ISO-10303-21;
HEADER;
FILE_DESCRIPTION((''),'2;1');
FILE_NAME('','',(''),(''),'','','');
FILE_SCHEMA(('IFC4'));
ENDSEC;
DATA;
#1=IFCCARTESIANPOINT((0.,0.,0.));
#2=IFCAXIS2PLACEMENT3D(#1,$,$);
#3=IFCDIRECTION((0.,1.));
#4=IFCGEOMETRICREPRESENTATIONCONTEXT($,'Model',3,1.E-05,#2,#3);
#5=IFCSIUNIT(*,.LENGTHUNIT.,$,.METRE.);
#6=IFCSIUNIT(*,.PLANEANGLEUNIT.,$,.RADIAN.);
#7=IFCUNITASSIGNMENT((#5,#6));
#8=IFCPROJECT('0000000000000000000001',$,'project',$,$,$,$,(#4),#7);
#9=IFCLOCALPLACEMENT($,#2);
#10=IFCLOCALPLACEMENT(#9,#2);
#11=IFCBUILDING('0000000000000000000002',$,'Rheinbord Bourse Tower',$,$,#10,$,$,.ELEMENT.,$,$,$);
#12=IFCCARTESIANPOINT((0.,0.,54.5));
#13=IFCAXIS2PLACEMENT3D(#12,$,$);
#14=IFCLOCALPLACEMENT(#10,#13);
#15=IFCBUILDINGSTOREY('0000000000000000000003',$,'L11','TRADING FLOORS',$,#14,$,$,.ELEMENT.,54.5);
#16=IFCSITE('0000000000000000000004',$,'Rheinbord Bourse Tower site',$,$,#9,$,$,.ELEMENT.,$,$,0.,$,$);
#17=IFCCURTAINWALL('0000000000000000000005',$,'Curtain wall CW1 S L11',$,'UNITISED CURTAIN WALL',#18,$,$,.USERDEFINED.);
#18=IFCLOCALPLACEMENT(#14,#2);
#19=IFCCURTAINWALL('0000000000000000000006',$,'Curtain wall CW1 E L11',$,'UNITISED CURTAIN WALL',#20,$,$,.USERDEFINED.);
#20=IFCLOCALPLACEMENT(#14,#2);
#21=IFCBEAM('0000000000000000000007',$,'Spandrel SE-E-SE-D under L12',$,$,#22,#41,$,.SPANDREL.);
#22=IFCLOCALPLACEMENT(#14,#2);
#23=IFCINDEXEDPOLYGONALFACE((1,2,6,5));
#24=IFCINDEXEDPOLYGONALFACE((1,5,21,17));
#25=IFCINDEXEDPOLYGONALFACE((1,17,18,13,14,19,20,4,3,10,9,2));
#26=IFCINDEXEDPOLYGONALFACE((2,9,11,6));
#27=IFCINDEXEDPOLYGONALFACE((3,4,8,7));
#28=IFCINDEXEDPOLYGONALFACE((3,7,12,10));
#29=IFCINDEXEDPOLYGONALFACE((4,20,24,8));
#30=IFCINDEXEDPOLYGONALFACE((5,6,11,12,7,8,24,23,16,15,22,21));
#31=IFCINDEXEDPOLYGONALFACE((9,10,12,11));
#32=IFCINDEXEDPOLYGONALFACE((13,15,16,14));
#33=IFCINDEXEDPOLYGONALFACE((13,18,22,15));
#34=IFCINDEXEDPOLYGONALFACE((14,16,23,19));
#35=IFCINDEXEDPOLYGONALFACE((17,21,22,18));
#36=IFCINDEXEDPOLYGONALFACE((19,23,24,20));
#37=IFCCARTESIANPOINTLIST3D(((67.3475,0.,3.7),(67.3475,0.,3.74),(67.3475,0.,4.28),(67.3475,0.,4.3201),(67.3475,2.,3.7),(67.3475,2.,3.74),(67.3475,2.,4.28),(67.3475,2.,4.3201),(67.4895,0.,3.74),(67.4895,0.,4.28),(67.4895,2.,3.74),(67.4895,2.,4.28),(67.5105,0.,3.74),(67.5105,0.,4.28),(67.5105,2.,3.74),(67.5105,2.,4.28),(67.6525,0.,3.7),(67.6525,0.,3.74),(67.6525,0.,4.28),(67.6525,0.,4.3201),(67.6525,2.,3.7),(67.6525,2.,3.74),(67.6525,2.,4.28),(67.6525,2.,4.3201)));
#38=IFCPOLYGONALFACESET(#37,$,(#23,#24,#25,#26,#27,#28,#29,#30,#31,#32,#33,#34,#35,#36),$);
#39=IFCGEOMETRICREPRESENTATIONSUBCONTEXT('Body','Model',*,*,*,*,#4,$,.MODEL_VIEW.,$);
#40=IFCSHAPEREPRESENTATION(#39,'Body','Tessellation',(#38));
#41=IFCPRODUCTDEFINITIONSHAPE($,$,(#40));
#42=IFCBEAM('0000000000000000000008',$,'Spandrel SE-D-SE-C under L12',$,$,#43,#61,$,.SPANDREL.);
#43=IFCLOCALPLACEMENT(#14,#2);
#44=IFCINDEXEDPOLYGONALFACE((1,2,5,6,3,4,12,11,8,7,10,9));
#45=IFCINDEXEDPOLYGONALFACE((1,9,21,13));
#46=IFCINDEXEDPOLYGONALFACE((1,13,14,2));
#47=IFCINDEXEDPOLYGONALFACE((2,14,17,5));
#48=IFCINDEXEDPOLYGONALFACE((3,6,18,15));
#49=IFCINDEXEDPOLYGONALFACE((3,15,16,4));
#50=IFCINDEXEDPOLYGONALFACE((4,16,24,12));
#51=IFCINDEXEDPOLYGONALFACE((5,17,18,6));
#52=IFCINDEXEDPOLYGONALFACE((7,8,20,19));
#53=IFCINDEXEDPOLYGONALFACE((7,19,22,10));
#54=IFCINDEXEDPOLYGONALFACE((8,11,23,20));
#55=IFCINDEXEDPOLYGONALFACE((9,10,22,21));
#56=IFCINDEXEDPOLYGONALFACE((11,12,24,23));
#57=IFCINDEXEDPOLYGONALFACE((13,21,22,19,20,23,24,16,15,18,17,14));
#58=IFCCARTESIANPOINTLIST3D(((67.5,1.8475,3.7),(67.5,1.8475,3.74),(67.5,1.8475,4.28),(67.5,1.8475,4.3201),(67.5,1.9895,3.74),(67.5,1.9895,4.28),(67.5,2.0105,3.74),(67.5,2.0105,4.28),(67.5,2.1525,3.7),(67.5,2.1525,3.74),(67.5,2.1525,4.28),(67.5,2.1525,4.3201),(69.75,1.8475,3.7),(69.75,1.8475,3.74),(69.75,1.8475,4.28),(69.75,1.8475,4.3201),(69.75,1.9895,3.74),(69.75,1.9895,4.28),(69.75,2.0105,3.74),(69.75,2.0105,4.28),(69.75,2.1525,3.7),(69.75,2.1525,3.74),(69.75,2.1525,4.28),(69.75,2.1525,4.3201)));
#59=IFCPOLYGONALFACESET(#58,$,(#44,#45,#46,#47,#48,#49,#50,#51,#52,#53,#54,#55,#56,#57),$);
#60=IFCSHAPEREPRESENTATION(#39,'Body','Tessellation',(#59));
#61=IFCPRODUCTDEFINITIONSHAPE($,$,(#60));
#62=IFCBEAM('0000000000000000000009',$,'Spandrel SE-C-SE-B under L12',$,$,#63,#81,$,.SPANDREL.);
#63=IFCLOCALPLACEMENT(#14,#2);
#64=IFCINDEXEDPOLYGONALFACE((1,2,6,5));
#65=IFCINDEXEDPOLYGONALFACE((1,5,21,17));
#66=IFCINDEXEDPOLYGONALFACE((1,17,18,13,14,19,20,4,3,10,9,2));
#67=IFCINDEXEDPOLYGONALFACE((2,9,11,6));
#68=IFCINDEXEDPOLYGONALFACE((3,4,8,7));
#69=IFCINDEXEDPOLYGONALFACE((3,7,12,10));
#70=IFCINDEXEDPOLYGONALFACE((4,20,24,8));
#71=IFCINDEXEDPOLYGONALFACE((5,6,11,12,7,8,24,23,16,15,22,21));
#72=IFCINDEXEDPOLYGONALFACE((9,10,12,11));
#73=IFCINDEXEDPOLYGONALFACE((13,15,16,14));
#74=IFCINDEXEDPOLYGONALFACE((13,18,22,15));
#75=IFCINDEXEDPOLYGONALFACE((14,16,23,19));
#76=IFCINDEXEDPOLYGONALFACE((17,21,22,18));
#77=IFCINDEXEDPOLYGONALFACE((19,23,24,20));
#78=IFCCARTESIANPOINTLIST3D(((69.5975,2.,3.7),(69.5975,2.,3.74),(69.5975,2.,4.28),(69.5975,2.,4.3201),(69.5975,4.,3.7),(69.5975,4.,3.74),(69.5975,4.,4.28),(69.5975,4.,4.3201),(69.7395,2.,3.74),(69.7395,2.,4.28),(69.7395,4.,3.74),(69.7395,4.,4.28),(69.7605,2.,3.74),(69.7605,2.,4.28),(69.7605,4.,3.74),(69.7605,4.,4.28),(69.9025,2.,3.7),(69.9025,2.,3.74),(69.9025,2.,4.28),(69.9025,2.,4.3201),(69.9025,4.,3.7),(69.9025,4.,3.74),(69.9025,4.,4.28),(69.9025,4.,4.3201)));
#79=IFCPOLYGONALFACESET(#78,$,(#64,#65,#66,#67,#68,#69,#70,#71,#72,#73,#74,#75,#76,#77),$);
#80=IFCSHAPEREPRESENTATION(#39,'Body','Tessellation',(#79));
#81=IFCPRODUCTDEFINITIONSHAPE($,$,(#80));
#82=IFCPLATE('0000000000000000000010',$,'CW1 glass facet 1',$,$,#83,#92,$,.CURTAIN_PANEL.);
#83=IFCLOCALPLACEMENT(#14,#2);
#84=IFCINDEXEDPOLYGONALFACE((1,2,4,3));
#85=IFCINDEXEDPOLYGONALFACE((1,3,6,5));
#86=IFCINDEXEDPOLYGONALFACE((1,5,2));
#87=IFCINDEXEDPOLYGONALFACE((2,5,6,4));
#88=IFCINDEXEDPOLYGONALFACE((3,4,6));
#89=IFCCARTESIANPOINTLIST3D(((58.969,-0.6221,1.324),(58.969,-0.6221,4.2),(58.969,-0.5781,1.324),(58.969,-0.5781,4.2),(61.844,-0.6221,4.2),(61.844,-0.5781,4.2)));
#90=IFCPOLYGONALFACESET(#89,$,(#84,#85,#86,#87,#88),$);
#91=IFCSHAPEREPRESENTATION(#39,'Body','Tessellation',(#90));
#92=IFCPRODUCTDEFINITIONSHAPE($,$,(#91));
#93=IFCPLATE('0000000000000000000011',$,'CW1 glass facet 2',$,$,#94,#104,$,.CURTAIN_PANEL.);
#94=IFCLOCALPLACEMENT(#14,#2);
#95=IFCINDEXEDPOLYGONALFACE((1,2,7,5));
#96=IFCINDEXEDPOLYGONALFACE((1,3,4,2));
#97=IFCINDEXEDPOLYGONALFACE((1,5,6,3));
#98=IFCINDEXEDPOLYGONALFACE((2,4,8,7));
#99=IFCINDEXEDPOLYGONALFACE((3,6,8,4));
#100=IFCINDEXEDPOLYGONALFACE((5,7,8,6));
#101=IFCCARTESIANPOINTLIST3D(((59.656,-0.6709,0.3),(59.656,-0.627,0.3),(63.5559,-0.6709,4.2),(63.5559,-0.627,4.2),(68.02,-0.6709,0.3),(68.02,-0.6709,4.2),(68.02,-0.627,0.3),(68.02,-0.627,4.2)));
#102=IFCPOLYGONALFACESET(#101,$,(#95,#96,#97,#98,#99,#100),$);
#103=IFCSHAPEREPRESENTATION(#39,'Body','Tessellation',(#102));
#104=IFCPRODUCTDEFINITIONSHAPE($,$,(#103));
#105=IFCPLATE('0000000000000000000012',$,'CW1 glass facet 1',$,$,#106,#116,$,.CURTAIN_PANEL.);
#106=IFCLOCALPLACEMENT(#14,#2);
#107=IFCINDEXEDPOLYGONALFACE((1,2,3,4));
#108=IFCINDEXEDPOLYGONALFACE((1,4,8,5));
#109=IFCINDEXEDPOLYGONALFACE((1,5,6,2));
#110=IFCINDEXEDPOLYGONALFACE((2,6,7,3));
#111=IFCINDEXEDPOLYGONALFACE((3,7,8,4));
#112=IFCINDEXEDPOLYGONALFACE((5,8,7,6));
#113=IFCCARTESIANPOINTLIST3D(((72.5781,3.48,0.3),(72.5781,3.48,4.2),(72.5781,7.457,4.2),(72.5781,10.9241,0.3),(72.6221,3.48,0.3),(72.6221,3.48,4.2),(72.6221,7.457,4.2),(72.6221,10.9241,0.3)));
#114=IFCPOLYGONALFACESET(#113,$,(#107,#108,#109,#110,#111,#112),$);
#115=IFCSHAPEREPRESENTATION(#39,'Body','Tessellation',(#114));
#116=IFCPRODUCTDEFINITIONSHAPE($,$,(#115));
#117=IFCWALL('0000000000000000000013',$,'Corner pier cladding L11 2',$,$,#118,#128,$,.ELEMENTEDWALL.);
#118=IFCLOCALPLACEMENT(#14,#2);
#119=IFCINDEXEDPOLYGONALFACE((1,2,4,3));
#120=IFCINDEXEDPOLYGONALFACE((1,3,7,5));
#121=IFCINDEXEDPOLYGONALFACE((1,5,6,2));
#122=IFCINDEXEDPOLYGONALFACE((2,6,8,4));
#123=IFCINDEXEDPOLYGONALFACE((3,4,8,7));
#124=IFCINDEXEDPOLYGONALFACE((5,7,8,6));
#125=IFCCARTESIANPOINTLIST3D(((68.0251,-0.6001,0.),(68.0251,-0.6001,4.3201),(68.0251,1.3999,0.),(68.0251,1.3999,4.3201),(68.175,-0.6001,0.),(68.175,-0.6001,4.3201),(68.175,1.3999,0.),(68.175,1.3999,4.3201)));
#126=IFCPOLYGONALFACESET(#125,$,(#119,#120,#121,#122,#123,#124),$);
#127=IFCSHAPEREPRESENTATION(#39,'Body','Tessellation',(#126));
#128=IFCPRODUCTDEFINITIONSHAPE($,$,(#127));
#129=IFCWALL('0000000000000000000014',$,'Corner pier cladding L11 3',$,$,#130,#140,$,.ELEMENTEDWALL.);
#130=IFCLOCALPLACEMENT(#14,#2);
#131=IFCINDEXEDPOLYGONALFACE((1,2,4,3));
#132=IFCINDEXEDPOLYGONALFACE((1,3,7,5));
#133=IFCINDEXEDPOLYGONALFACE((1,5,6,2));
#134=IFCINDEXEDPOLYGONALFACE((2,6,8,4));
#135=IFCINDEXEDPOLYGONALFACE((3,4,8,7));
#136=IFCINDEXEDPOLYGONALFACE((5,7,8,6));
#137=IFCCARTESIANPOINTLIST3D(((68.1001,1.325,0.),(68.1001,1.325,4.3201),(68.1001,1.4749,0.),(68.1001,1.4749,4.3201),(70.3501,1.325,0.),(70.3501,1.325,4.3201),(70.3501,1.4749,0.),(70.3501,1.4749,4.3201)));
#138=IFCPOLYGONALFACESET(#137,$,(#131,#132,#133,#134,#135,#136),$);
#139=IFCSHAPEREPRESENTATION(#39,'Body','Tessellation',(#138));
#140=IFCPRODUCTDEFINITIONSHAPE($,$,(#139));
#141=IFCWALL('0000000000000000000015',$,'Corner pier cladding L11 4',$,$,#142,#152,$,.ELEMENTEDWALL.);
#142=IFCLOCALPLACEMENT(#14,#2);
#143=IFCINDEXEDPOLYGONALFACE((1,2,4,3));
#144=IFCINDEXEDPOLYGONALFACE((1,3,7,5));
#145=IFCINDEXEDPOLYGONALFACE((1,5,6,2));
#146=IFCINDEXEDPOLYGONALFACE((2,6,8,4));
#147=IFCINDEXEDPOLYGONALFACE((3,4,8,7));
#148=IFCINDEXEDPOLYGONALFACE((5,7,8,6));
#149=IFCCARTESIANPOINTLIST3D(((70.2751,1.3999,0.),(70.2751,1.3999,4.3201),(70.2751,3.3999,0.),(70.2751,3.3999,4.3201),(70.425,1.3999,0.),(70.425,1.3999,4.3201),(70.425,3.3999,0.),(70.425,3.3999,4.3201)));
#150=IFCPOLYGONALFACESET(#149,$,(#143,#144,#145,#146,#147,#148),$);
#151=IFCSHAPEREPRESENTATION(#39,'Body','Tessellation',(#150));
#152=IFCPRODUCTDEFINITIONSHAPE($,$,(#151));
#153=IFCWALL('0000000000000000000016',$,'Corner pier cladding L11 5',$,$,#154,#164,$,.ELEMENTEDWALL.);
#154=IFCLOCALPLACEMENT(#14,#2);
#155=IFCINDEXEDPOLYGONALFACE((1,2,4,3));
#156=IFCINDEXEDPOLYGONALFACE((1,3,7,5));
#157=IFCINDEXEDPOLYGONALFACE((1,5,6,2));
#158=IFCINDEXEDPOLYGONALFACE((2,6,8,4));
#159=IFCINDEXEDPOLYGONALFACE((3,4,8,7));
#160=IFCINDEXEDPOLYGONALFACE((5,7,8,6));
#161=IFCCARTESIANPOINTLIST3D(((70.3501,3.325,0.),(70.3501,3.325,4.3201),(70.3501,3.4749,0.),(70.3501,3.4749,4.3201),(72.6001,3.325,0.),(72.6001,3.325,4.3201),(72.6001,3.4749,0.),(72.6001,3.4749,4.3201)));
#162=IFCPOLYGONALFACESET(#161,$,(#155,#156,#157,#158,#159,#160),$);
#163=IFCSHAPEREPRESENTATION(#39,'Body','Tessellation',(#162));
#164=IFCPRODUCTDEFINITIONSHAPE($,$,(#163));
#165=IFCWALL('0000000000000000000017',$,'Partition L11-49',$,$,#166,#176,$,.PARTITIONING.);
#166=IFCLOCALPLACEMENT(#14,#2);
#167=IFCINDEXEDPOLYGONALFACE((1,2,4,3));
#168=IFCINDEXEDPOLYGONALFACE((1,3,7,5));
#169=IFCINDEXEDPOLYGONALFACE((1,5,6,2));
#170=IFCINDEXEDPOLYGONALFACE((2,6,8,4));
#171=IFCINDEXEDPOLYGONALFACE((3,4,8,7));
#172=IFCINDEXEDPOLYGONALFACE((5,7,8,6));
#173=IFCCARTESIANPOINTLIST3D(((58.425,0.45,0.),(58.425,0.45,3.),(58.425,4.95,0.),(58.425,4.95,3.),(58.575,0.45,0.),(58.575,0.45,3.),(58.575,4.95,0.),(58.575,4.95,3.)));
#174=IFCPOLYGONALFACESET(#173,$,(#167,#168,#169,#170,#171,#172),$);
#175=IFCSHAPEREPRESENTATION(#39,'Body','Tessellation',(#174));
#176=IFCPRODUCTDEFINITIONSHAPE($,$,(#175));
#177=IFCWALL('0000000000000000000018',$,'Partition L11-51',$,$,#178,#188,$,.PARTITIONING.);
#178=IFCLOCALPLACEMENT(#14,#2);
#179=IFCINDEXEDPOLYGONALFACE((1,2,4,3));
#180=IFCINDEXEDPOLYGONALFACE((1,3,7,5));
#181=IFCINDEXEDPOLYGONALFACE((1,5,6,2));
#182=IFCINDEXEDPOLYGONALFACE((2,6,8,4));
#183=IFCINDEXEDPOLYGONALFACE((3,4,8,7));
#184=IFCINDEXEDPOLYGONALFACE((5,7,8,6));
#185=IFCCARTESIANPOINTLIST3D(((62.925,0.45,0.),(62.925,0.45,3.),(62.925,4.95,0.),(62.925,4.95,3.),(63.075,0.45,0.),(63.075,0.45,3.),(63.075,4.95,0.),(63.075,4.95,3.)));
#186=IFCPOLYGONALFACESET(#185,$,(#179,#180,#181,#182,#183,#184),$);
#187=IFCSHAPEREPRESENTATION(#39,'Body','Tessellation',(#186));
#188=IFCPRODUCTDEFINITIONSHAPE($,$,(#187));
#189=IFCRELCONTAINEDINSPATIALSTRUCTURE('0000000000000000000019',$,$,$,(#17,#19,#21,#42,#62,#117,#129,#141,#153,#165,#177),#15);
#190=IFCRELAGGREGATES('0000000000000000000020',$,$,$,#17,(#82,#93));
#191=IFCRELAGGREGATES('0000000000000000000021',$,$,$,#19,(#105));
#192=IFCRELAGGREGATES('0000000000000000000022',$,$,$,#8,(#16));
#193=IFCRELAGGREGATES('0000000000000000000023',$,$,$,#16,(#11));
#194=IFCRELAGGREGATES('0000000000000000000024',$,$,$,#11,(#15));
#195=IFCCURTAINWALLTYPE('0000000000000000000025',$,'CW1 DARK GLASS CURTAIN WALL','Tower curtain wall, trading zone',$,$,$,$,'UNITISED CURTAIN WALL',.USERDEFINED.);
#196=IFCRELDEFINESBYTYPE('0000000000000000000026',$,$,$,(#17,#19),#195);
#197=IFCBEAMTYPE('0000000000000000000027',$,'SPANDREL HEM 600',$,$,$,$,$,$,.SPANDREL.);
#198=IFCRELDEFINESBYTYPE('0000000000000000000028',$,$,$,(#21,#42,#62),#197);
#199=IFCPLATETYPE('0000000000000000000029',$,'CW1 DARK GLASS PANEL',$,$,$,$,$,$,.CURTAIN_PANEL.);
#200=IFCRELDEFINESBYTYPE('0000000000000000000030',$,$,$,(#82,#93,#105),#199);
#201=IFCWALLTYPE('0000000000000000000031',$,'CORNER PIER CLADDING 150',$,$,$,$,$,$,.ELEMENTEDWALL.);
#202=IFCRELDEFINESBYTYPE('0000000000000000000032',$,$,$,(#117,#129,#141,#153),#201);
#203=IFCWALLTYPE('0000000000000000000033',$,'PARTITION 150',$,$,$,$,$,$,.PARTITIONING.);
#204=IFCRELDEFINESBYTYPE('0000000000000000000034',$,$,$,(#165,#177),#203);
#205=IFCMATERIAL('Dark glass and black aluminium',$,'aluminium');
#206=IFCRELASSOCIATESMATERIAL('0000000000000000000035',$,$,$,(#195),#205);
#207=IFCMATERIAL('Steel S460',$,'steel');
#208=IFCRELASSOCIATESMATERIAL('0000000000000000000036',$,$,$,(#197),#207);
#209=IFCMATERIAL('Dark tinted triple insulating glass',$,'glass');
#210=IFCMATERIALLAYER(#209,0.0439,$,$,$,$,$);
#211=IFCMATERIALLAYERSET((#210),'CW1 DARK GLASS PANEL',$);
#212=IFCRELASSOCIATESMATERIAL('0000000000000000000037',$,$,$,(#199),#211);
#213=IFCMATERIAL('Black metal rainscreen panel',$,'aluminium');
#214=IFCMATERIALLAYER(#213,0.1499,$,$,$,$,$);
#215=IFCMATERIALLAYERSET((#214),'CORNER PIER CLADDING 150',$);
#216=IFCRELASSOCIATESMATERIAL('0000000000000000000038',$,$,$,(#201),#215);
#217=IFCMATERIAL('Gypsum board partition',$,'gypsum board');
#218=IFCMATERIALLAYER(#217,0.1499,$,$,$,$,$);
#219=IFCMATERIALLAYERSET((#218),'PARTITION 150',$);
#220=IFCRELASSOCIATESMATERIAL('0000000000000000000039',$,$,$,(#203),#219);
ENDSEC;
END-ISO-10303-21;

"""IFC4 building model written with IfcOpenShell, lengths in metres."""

from ifc_helpers import new_model, si_unit, direction, frame, frame_2d, origin, origin_2d, place, context, subcontext, project, spatial, polyline, rectangle, i_section, outline, extrude, material, layer, layer_set, material_profile, profile_set, type_object, element, aggregate, save


model = new_model("IFC4")

# Units and contexts
model_context = context("Model", 3, precision=1e-05, world=origin(), true_north=direction((0.0, 1.0)))
body_context = subcontext(model_context, "Body", "Model", "MODEL_VIEW")
ifc_project = project(units=[si_unit("LENGTHUNIT", "METRE"), si_unit("PLANEANGLEUNIT", "RADIAN")], contexts=[model_context])

# Site, building, storey
site_placement = place(None, origin())
site = spatial("IfcSite", under=ifc_project, at=site_placement, Name="Rheinbord Bourse Tower site", CompositionType="ELEMENT", RefElevation=0.0)
building_placement = place(site_placement, origin())
building = spatial("IfcBuilding", under=site, at=building_placement, Name="Rheinbord Bourse Tower", CompositionType="ELEMENT")
storey_placement = place(building_placement, frame((0.0, 0.0, 54.5)))
storey = spatial("IfcBuildingStorey", under=building, at=storey_placement, Name="L11", Description="TRADING FLOORS", CompositionType="ELEMENT", Elevation=54.5)

# Curtain wall
ifc_material_1 = material(Name="Dark glass and black aluminium", Category="aluminium")
curtain_wall_type = type_object("IfcCurtainWallType", Name="CW1 DARK GLASS CURTAIN WALL", Description="Tower curtain wall, trading zone", ElementType="UNITISED CURTAIN WALL", PredefinedType="USERDEFINED", material=ifc_material_1)
curtain_wall_1_placement = place(storey_placement, origin())
curtain_wall_1 = element("IfcCurtainWall", 1, at=curtain_wall_1_placement, inside=storey, type_object=curtain_wall_type, Name="Curtain wall CW1 S L11", ObjectType="UNITISED CURTAIN WALL", PredefinedType="USERDEFINED")

# Curtain wall
curtain_wall_2_placement = place(storey_placement, origin())
curtain_wall_2 = element("IfcCurtainWall", 2, at=curtain_wall_2_placement, inside=storey, type_object=curtain_wall_type, Name="Curtain wall CW1 E L11", ObjectType="UNITISED CURTAIN WALL", PredefinedType="USERDEFINED")

# Beams
ifc_material_2 = material(Name="Steel S460", Category="steel")
ifc_material_profile_1 = material_profile(ifc_material_2, i_section(OverallWidth=0.3049, OverallDepth=0.6201, WebThickness=0.021, FlangeThickness=0.04, at=origin_2d()), Name="HEM 600")
ifc_profile_set_1 = profile_set([ifc_material_profile_1], Name="Steel S460")
beam_type_1 = type_object("IfcBeamType", Name="SPANDREL HEM 600", PredefinedType="SPANDREL", material=ifc_profile_set_1)
beam_1_placement = place(storey_placement, frame((67.5, 0.0, 4.01), z_axis=(0.0, 1.0, 0.0), x_axis=(-1.0, 0.0, 0.0)))
element("IfcBeam", 3, at=beam_1_placement, inside=storey, type_object=beam_type_1, Name="Spandrel SE-E-SE-D under L12", PredefinedType="SPANDREL", context=body_context, shape_type="SweptSolid", body=[
    extrude(i_section(OverallWidth=0.3049, OverallDepth=0.6201, WebThickness=0.021, FlangeThickness=0.04, at=origin_2d()), origin(), (0.0, 0.0, 1.0), 2.0),
])
beam_2_placement = place(storey_placement, frame((67.5, 2.0, 4.01), z_axis=(1.0, 0.0, 0.0), x_axis=(0.0, 1.0, 0.0)))
element("IfcBeam", 4, at=beam_2_placement, inside=storey, type_object=beam_type_1, Name="Spandrel SE-D-SE-C under L12", PredefinedType="SPANDREL", context=body_context, shape_type="SweptSolid", body=[
    extrude(i_section(OverallWidth=0.3049, OverallDepth=0.6201, WebThickness=0.021, FlangeThickness=0.04, at=origin_2d()), origin(), (0.0, 0.0, 1.0), 2.25),
])
beam_3_placement = place(storey_placement, frame((69.75, 2.0, 4.01), z_axis=(0.0, 1.0, 0.0), x_axis=(-1.0, 0.0, 0.0)))
element("IfcBeam", 5, at=beam_3_placement, inside=storey, type_object=beam_type_1, Name="Spandrel SE-C-SE-B under L12", PredefinedType="SPANDREL", context=body_context, shape_type="SweptSolid", body=[
    extrude(i_section(OverallWidth=0.3049, OverallDepth=0.6201, WebThickness=0.021, FlangeThickness=0.04, at=origin_2d()), origin(), (0.0, 0.0, 1.0), 2.0),
])

# Plates
ifc_material_3 = material(Name="Dark tinted triple insulating glass", Category="glass")
ifc_layer_1 = layer(ifc_material_3, 0.0439)
ifc_layer_set_1 = layer_set([ifc_layer_1], Name="CW1 DARK GLASS PANEL")
plate_type = type_object("IfcPlateType", Name="CW1 DARK GLASS PANEL", PredefinedType="CURTAIN_PANEL", material=ifc_layer_set_1)
plate_1_placement = place(storey_placement, frame((58.969, -0.6221, 4.2), z_axis=(0.0, 1.0, 0.0), x_axis=(1.0, 0.0, 0.0)))
plate_1 = element("IfcPlate", 6, at=plate_1_placement, type_object=plate_type, Name="CW1 glass facet 1", PredefinedType="CURTAIN_PANEL", context=body_context, shape_type="SweptSolid", body=[
    extrude(outline(polyline([(0.0, 0.0), (2.875, 0.0), (0.0, 2.876), (0.0, 0.0)])), origin(), (0.0, 0.0, 1.0), 0.0439),
])
plate_2_placement = place(storey_placement, frame((68.02, -0.6709, 4.2), z_axis=(0.0, 1.0, 0.0), x_axis=(0.0, 0.0, -1.0)))
plate_2 = element("IfcPlate", 7, at=plate_2_placement, type_object=plate_type, Name="CW1 glass facet 2", PredefinedType="CURTAIN_PANEL", context=body_context, shape_type="SweptSolid", body=[
    extrude(outline(polyline([(0.0, 0.0), (3.8999, 0.0), (3.8999, 8.364), (0.0, 4.4641), (0.0, 0.0)])), origin(), (0.0, 0.0, 1.0), 0.0439),
])
aggregate(curtain_wall_1, [plate_1, plate_2])
plate_3_placement = place(storey_placement, frame((72.6221, 3.48, 0.3), z_axis=(-1.0, 0.0, 0.0), x_axis=(0.0, 0.0, 1.0)))
plate_3 = element("IfcPlate", 8, at=plate_3_placement, type_object=plate_type, Name="CW1 glass facet 1", PredefinedType="CURTAIN_PANEL", context=body_context, shape_type="SweptSolid", body=[
    extrude(outline(polyline([(0.0, 0.0), (3.8999, 0.0), (3.8999, 3.9771), (0.0, 7.4441), (0.0, 0.0)])), origin(), (0.0, 0.0, 1.0), 0.0439),
])
aggregate(curtain_wall_2, [plate_3])

# Walls
ifc_material_4 = material(Name="Black metal rainscreen panel", Category="aluminium")
ifc_layer_2 = layer(ifc_material_4, 0.1499)
ifc_layer_set_2 = layer_set([ifc_layer_2], Name="CORNER PIER CLADDING 150")
wall_type_1 = type_object("IfcWallType", Name="CORNER PIER CLADDING 150", PredefinedType="ELEMENTEDWALL", material=ifc_layer_set_2)
wall_1_placement = place(storey_placement, frame((68.1001, -0.6001, 0.0), z_axis=(0.0, 0.0, 1.0), x_axis=(0.0, 1.0, 0.0)))
element("IfcWall", 9, at=wall_1_placement, inside=storey, type_object=wall_type_1, Name="Corner pier cladding L11 2", PredefinedType="ELEMENTEDWALL", context=body_context, shape_type="SweptSolid", body=[
    extrude(rectangle(XDim=2.0, YDim=0.1499, at=frame_2d((1.0, 0.0))), origin(), (0.0, 0.0, 1.0), 4.3201),
])
wall_2_placement = place(storey_placement, frame((68.1001, 1.3999, 0.0), z_axis=(0.0, 0.0, 1.0), x_axis=(1.0, 0.0, 0.0)))
element("IfcWall", 10, at=wall_2_placement, inside=storey, type_object=wall_type_1, Name="Corner pier cladding L11 3", PredefinedType="ELEMENTEDWALL", context=body_context, shape_type="SweptSolid", body=[
    extrude(rectangle(XDim=2.25, YDim=0.1499, at=frame_2d((1.125, 0.0))), origin(), (0.0, 0.0, 1.0), 4.3201),
])
wall_3_placement = place(storey_placement, frame((70.3501, 1.3999, 0.0), z_axis=(0.0, 0.0, 1.0), x_axis=(0.0, 1.0, 0.0)))
element("IfcWall", 11, at=wall_3_placement, inside=storey, type_object=wall_type_1, Name="Corner pier cladding L11 4", PredefinedType="ELEMENTEDWALL", context=body_context, shape_type="SweptSolid", body=[
    extrude(rectangle(XDim=2.0, YDim=0.1499, at=frame_2d((1.0, 0.0))), origin(), (0.0, 0.0, 1.0), 4.3201),
])
wall_4_placement = place(storey_placement, frame((70.3501, 3.3999, 0.0), z_axis=(0.0, 0.0, 1.0), x_axis=(1.0, 0.0, 0.0)))
element("IfcWall", 12, at=wall_4_placement, inside=storey, type_object=wall_type_1, Name="Corner pier cladding L11 5", PredefinedType="ELEMENTEDWALL", context=body_context, shape_type="SweptSolid", body=[
    extrude(rectangle(XDim=2.25, YDim=0.1499, at=frame_2d((1.125, 0.0))), origin(), (0.0, 0.0, 1.0), 4.3201),
])
ifc_material_5 = material(Name="Gypsum board partition", Category="gypsum board")
ifc_layer_3 = layer(ifc_material_5, 0.1499)
ifc_layer_set_3 = layer_set([ifc_layer_3], Name="PARTITION 150")
wall_type_2 = type_object("IfcWallType", Name="PARTITION 150", PredefinedType="PARTITIONING", material=ifc_layer_set_3)
for number, where, z_axis, x_axis, name in (
    (13, (58.5, 0.45, 0.0), (0.0, 0.0, 1.0), (0.0, 1.0, 0.0), "Partition L11-49"),
    (14, (63.0, 0.45, 0.0), (0.0, 0.0, 1.0), (0.0, 1.0, 0.0), "Partition L11-51"),
):
    element("IfcWall", number, at=place(storey_placement, frame(where, z_axis=z_axis, x_axis=x_axis)), inside=storey, type_object=wall_type_2, Name=name, PredefinedType="PARTITIONING", context=body_context, shape_type="SweptSolid", body=[
        extrude(rectangle(XDim=4.5, YDim=0.1499, at=frame_2d((2.25, 0.0))), origin(), (0.0, 0.0, 1.0), 3.0),
    ])

save(model, "model.ifc")
